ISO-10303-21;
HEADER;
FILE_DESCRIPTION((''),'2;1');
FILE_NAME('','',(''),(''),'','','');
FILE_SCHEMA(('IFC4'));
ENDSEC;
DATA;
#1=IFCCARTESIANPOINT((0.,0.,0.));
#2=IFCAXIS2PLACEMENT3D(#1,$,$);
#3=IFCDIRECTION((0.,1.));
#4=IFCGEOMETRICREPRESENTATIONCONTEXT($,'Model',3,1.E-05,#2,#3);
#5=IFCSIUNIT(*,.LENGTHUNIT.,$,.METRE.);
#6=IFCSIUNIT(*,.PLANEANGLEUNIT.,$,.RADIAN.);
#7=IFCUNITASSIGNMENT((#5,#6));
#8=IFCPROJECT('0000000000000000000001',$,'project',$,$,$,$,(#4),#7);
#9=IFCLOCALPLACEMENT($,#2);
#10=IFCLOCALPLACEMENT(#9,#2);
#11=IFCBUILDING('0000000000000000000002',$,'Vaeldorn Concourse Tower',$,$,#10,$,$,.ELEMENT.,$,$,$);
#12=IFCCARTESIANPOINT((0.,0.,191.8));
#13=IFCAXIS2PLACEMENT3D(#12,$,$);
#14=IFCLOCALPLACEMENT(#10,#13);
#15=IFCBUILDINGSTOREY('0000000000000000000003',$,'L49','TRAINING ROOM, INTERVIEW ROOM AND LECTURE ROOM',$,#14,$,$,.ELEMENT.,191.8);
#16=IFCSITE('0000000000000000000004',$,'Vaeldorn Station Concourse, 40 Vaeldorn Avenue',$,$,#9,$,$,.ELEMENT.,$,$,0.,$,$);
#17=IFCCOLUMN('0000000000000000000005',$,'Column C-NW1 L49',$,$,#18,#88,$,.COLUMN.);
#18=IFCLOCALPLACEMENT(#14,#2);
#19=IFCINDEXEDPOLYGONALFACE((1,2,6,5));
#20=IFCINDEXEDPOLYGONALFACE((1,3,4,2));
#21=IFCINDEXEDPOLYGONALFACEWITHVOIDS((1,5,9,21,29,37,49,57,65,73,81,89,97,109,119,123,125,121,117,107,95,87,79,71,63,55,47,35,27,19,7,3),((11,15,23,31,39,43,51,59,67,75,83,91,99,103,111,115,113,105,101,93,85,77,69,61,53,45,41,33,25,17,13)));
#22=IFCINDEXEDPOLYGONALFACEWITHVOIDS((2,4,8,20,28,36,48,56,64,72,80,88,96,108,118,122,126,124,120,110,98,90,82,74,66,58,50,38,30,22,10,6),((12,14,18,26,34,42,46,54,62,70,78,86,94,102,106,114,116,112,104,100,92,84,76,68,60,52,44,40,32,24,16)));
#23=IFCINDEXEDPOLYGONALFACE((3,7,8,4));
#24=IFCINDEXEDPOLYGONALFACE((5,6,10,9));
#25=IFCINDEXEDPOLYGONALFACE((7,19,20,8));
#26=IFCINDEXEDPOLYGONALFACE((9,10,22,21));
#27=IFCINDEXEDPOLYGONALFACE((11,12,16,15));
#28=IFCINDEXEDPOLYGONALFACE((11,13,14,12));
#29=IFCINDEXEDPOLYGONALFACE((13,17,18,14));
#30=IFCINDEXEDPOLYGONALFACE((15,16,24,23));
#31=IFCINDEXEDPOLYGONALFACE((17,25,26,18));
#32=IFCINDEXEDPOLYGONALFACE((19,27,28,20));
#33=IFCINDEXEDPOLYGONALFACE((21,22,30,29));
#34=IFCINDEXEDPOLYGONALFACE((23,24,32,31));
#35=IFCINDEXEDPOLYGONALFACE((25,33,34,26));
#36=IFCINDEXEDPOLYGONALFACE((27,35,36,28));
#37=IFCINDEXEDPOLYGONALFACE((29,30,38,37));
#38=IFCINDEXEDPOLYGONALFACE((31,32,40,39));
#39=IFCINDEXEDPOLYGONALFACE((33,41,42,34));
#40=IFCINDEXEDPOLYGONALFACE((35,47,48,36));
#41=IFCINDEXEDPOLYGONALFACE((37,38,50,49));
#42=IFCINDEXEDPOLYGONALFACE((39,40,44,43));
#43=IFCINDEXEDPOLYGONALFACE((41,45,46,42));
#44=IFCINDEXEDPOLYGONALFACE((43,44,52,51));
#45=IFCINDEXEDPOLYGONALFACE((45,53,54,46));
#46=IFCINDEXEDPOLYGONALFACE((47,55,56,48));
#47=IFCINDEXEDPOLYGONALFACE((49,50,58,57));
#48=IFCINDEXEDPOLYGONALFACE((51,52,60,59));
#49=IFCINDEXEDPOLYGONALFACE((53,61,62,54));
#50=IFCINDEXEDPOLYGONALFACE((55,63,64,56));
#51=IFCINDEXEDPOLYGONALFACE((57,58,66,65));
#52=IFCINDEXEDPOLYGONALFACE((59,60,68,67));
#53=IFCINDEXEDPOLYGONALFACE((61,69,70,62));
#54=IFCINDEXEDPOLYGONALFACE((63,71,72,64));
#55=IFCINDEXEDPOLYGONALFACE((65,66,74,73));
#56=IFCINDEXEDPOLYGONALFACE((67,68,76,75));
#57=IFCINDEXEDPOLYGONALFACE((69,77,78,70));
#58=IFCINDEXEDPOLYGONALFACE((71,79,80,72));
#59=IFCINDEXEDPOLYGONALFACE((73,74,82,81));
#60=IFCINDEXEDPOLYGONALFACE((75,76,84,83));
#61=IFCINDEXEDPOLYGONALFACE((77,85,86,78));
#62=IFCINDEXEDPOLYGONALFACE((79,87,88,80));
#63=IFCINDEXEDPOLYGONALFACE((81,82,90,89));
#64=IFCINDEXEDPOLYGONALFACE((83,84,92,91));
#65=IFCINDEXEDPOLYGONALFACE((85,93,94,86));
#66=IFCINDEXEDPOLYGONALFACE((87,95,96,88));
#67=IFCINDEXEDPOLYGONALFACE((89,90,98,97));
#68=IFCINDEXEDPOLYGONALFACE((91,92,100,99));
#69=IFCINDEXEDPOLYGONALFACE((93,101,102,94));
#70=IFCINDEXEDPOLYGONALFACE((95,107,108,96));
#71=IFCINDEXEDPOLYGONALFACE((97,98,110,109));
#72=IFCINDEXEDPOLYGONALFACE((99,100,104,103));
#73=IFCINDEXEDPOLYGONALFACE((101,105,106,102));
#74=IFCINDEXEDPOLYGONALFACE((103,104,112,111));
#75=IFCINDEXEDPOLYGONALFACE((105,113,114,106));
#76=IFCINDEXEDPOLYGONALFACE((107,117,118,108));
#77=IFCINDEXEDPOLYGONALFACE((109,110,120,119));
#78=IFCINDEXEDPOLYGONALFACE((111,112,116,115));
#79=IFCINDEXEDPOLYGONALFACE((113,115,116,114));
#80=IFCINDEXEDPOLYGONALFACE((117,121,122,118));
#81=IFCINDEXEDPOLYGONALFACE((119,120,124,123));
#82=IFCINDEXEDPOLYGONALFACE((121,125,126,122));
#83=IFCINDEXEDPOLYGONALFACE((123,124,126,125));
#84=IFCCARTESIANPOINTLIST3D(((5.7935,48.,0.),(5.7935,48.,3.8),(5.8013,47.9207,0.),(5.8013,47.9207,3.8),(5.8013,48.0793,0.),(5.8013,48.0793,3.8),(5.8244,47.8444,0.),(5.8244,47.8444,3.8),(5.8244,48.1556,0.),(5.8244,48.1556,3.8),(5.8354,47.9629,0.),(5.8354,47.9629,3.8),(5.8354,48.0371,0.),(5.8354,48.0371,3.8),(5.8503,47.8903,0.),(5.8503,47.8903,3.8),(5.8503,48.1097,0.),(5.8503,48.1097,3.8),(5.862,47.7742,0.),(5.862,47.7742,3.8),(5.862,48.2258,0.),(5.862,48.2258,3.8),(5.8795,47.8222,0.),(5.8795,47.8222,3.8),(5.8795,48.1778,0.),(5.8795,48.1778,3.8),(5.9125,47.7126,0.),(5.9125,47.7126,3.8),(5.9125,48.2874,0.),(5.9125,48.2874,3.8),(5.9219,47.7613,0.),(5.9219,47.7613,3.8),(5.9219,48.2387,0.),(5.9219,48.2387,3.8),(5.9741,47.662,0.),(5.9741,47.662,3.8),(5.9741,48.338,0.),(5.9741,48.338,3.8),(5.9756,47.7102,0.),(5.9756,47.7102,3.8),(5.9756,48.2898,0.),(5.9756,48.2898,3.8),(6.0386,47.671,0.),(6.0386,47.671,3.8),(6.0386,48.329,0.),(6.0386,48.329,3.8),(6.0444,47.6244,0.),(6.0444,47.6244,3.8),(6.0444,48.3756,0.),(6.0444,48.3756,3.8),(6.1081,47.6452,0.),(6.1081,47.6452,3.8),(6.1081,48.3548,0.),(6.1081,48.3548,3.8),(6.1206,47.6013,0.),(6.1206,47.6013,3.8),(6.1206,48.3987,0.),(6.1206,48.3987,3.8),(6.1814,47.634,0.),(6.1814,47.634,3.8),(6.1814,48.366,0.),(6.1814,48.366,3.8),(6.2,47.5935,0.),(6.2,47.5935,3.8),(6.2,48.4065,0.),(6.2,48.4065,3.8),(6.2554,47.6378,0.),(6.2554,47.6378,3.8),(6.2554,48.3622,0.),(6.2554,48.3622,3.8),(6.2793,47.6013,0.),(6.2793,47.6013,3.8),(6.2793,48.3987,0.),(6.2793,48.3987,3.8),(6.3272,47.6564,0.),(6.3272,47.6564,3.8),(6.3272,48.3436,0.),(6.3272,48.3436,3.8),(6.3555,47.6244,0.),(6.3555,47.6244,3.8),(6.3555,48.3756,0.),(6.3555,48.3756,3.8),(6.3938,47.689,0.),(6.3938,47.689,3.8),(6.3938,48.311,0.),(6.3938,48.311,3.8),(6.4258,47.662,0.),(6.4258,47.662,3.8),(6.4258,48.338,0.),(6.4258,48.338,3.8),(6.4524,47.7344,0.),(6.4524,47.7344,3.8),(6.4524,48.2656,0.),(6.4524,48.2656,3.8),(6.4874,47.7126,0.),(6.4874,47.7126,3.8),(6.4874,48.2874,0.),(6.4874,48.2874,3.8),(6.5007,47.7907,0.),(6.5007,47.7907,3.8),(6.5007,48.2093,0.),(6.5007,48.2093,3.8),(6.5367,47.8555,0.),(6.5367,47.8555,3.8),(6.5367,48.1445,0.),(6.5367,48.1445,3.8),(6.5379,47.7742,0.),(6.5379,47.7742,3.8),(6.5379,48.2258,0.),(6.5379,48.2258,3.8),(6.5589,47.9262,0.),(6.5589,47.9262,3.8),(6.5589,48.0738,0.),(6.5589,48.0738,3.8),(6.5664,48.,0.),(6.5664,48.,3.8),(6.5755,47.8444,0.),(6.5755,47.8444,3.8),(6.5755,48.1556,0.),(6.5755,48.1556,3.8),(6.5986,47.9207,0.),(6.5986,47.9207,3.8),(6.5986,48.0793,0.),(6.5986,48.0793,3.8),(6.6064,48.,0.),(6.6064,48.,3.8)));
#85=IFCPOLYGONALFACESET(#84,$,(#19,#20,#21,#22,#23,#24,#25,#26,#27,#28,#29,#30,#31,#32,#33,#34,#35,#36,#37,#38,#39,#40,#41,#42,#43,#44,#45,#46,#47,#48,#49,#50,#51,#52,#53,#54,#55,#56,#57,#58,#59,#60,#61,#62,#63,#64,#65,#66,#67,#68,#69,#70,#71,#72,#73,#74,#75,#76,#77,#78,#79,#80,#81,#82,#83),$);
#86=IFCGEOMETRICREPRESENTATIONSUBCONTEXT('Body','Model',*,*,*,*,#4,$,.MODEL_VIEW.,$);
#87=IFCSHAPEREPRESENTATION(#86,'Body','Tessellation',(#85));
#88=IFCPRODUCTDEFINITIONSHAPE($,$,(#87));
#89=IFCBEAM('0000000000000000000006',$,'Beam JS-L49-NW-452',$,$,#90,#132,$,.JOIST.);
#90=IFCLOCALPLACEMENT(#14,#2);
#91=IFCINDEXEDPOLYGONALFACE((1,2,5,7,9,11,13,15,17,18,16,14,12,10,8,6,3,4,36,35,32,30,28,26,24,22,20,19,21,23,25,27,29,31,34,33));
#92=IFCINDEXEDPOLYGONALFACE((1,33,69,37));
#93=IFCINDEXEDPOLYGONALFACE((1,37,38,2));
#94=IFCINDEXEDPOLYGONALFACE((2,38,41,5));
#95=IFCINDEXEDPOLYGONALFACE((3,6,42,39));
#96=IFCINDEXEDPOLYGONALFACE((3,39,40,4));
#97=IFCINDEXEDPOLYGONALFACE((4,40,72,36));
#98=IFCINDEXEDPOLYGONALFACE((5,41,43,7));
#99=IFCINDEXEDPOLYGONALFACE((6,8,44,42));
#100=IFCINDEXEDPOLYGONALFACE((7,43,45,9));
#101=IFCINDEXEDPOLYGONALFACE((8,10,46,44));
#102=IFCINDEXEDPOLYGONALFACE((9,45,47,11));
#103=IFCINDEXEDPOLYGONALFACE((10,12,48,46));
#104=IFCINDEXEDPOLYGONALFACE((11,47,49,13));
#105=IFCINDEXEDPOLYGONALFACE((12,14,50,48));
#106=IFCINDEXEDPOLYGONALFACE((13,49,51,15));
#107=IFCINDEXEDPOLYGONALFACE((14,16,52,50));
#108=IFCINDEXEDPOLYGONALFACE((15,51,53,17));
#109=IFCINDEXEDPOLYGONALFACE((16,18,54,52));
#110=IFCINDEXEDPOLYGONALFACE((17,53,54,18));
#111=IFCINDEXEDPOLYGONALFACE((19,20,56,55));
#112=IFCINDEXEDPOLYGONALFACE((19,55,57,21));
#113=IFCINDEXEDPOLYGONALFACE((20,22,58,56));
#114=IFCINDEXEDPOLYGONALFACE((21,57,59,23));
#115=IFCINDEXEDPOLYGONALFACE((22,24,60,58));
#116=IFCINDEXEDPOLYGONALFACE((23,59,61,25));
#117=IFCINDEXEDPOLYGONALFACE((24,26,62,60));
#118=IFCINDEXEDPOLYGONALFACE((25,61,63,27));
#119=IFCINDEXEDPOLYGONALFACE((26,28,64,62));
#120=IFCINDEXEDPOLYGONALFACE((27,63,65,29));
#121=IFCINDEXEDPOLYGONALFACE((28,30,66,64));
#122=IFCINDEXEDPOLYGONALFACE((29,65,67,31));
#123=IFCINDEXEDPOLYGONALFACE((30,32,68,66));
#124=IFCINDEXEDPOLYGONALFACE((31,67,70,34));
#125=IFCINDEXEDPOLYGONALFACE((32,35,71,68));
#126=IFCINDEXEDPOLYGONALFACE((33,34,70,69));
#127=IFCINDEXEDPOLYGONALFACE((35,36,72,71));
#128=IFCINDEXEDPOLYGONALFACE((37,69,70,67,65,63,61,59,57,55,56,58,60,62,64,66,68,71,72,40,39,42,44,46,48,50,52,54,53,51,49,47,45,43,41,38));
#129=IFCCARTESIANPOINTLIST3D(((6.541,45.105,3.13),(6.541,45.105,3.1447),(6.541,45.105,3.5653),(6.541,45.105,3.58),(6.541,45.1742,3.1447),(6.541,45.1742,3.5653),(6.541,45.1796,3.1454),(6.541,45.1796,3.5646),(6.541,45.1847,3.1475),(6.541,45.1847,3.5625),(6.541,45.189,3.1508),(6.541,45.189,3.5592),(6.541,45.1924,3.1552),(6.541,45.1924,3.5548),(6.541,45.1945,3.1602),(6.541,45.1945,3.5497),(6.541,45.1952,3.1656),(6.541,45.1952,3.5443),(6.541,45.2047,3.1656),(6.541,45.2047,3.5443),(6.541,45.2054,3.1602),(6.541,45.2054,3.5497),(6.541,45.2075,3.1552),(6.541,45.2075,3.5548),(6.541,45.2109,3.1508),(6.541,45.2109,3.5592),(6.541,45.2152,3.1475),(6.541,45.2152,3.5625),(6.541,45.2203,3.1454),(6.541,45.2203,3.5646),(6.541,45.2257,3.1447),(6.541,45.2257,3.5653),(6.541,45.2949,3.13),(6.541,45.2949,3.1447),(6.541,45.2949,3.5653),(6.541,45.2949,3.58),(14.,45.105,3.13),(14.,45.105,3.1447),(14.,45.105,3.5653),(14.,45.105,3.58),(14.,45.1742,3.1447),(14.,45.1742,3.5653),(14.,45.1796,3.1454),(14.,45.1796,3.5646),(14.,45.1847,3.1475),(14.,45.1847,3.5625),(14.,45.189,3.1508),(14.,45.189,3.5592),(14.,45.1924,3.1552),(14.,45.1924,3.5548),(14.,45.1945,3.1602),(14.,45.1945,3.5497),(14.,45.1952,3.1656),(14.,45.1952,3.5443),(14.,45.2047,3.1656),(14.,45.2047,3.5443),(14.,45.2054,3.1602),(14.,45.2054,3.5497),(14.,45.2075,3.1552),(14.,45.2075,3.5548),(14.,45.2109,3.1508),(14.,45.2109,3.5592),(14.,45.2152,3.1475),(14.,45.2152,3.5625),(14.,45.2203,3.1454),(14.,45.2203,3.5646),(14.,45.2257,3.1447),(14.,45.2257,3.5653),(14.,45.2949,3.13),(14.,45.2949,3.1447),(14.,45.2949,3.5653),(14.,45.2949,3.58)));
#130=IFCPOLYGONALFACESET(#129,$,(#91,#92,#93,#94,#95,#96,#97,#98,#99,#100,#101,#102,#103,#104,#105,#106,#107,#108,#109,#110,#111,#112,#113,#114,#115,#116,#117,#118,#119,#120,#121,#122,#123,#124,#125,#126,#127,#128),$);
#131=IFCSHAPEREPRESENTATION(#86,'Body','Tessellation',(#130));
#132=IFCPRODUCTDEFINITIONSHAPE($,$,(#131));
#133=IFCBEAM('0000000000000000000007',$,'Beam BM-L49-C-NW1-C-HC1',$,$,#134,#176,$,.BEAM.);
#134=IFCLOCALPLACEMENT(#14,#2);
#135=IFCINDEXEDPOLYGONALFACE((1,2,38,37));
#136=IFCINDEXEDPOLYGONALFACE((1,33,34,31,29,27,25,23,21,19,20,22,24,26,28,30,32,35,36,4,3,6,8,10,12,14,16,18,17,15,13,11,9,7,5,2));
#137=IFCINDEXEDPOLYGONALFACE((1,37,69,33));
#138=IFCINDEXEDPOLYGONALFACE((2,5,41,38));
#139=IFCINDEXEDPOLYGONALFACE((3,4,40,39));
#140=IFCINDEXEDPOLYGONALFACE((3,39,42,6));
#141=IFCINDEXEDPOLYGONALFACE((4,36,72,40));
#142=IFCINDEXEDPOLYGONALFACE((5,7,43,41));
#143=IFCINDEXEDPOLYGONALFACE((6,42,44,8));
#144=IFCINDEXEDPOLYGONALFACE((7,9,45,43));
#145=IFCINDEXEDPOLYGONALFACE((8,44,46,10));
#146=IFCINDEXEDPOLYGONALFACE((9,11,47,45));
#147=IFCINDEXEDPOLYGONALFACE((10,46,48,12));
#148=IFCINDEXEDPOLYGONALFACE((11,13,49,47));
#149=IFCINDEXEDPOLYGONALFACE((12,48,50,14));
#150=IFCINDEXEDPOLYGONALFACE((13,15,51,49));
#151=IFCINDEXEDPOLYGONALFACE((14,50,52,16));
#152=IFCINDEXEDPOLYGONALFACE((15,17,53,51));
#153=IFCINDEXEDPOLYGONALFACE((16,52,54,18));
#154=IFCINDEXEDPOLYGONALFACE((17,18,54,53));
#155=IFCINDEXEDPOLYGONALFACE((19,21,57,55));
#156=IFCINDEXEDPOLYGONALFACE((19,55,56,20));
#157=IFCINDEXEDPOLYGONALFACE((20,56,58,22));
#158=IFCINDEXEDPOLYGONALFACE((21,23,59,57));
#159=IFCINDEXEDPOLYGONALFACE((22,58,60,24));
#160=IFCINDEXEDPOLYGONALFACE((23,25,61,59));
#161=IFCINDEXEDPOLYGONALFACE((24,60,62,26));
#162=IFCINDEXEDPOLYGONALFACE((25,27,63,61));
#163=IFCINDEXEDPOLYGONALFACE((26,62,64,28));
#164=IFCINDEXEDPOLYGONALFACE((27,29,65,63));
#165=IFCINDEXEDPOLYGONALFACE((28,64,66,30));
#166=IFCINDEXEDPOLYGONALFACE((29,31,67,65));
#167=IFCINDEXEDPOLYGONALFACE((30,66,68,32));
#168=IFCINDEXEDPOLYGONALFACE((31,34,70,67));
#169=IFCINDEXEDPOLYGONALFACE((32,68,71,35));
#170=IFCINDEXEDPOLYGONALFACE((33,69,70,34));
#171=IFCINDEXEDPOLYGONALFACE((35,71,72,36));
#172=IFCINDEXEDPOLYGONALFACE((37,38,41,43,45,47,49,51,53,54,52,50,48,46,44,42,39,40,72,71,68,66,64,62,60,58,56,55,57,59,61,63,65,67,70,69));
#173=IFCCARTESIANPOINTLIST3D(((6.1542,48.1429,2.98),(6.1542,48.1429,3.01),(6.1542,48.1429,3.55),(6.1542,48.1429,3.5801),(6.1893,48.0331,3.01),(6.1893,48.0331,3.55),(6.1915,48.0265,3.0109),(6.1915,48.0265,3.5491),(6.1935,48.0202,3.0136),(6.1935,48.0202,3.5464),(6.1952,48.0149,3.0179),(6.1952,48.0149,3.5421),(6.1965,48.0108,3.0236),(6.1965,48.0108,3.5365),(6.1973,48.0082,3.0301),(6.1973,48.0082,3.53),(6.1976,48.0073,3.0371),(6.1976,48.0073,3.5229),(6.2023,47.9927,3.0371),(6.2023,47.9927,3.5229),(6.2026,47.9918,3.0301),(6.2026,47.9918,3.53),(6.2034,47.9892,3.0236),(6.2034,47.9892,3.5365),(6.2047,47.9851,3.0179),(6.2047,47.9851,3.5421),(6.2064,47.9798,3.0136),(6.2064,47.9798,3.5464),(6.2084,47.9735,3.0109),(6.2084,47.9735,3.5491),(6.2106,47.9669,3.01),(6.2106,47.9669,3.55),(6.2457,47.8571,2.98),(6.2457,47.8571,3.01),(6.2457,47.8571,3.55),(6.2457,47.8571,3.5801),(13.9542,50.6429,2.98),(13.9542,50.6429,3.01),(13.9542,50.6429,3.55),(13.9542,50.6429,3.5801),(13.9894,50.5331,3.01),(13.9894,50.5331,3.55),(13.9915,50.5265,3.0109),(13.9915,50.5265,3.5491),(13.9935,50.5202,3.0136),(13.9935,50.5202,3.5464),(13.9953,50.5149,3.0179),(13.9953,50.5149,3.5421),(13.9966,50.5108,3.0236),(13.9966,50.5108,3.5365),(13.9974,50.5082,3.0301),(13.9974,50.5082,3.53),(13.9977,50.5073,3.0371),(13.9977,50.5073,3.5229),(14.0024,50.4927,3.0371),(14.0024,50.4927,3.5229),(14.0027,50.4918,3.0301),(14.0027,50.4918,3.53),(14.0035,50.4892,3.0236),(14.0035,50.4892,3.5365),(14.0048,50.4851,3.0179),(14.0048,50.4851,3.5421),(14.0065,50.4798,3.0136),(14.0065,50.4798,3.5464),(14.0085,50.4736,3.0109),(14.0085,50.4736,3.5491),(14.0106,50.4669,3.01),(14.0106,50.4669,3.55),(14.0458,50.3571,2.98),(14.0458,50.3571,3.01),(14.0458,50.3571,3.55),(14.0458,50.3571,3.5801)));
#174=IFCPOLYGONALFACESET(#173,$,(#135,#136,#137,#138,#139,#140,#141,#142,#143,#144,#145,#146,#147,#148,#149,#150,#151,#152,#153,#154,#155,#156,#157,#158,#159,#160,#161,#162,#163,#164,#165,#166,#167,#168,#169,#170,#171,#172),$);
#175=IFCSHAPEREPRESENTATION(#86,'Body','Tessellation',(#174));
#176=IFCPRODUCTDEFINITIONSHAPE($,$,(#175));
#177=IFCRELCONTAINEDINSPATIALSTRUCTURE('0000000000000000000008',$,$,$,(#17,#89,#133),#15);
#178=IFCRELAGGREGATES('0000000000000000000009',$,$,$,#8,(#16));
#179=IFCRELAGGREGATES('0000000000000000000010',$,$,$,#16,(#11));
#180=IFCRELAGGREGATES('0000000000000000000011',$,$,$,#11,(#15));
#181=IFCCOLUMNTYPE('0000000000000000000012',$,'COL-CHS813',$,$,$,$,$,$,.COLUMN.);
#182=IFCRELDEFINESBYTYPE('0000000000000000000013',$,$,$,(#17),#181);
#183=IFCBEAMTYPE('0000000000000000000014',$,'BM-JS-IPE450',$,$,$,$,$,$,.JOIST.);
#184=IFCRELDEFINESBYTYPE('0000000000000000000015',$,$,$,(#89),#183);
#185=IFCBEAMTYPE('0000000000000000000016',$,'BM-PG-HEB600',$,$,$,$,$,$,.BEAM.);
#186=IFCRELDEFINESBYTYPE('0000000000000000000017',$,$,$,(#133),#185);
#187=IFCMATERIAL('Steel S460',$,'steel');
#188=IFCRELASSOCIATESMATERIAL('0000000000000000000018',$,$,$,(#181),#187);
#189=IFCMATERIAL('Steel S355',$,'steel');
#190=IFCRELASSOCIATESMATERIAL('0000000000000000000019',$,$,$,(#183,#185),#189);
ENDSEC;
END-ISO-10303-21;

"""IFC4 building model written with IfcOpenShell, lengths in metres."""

from ifc_helpers import new_model, si_unit, direction, frame, origin, origin_2d, place, context, subcontext, project, spatial, hollow_circle, i_section, extrude, source, transform, mapped, material, material_profile, profile_set, type_object, element, save


model = new_model("IFC4")

# Units and contexts
model_context = context("Model", 3, precision=1e-05, world=origin(), true_north=direction((0.0, 1.0)))
body_context = subcontext(model_context, "Body", "Model", "MODEL_VIEW")
ifc_project = project(units=[si_unit("LENGTHUNIT", "METRE"), si_unit("PLANEANGLEUNIT", "RADIAN")], contexts=[model_context])

# Site, building, storey
site_placement = place(None, origin())
site = spatial("IfcSite", under=ifc_project, at=site_placement, Name="Vaeldorn Station Concourse, 40 Vaeldorn Avenue", CompositionType="ELEMENT", RefElevation=0.0)
building_placement = place(site_placement, origin())
building = spatial("IfcBuilding", under=site, at=building_placement, Name="Vaeldorn Concourse Tower", CompositionType="ELEMENT")
storey_placement = place(building_placement, frame((0.0, 0.0, 191.8)))
storey = spatial("IfcBuildingStorey", under=building, at=storey_placement, Name="L49", Description="TRAINING ROOM, INTERVIEW ROOM AND LECTURE ROOM", CompositionType="ELEMENT", Elevation=191.8)

# Column
ifc_material_1 = material(Name="Steel S460", Category="steel")
ifc_material_profile_1 = material_profile(ifc_material_1, hollow_circle(Radius=0.4065, WallThickness=0.04, at=origin_2d()), Name="CHS 813x40")
ifc_profile_set_1 = profile_set([ifc_material_profile_1], Name="Steel S460")
column_type = type_object("IfcColumnType", Name="COL-CHS813", PredefinedType="COLUMN", material=ifc_profile_set_1)
shared_shape_1 = source(origin(), body_context, "Body", "SweptSolid", [
    extrude(hollow_circle(Radius=0.4065, WallThickness=0.04, at=origin_2d()), origin(), (0.0, 0.0, 1.0), 3.8),
])
column_placement = place(storey_placement, frame((6.2, 48.0, 0.0), z_axis=(0.0, 0.0, 1.0), x_axis=(1.0, 0.0, 0.0)))
element("IfcColumn", 1, at=column_placement, inside=storey, type_object=column_type, Name="Column C-NW1 L49", PredefinedType="COLUMN", context=body_context, shape_type="MappedRepresentation", body=[
    mapped(shared_shape_1, transform((0.0, 0.0, 0.0), scale=1.0)),
])

# Beams
ifc_material_2 = material(Name="Steel S355", Category="steel")
ifc_material_profile_2 = material_profile(ifc_material_2, i_section(OverallWidth=0.1899, OverallDepth=0.45, WebThickness=0.0095, FlangeThickness=0.0146, FilletRadius=0.021, at=origin_2d()), Name="IPE 450")
ifc_profile_set_2 = profile_set([ifc_material_profile_2], Name="Steel S355")
beam_type_1 = type_object("IfcBeamType", Name="BM-JS-IPE450", PredefinedType="JOIST", material=ifc_profile_set_2)
shared_shape_2 = source(origin(), body_context, "Body", "SweptSolid", [
    extrude(i_section(OverallWidth=0.1899, OverallDepth=0.45, WebThickness=0.0095, FlangeThickness=0.0146, FilletRadius=0.021, at=origin_2d()), origin(), (0.0, 0.0, 1.0), 7.459),
])
beam_1_placement = place(storey_placement, frame((6.541, 45.2, 3.355), z_axis=(1.0, 0.0, 0.0), x_axis=(0.0, 1.0, 0.0)))
element("IfcBeam", 2, at=beam_1_placement, inside=storey, type_object=beam_type_1, Name="Beam JS-L49-NW-452", PredefinedType="JOIST", context=body_context, shape_type="MappedRepresentation", body=[
    mapped(shared_shape_2, transform((0.0, 0.0, 0.0), scale=1.0)),
])
ifc_material_profile_3 = material_profile(ifc_material_2, i_section(OverallWidth=0.3, OverallDepth=0.6001, WebThickness=0.0154, FlangeThickness=0.03, FilletRadius=0.0271, at=origin_2d()), Name="HEB 600")
ifc_profile_set_3 = profile_set([ifc_material_profile_3], Name="Steel S355")
beam_type_2 = type_object("IfcBeamType", Name="BM-PG-HEB600", PredefinedType="BEAM", material=ifc_profile_set_3)
shared_shape_3 = source(origin(), body_context, "Body", "SweptSolid", [
    extrude(i_section(OverallWidth=0.3, OverallDepth=0.6001, WebThickness=0.0154, FlangeThickness=0.03, FilletRadius=0.0271, at=origin_2d()), origin(), (0.0, 0.0, 1.0), 8.1909),
])
beam_2_placement = place(storey_placement, frame((6.2, 48.0, 3.28), z_axis=(0.952283, 0.305217, 0.0), x_axis=(-0.305217, 0.952283, 0.0)))
element("IfcBeam", 3, at=beam_2_placement, inside=storey, type_object=beam_type_2, Name="Beam BM-L49-C-NW1-C-HC1", PredefinedType="BEAM", context=body_context, shape_type="MappedRepresentation", body=[
    mapped(shared_shape_3, transform((0.0, 0.0, 0.0), scale=1.0)),
])

save(model, "model.ifc")
